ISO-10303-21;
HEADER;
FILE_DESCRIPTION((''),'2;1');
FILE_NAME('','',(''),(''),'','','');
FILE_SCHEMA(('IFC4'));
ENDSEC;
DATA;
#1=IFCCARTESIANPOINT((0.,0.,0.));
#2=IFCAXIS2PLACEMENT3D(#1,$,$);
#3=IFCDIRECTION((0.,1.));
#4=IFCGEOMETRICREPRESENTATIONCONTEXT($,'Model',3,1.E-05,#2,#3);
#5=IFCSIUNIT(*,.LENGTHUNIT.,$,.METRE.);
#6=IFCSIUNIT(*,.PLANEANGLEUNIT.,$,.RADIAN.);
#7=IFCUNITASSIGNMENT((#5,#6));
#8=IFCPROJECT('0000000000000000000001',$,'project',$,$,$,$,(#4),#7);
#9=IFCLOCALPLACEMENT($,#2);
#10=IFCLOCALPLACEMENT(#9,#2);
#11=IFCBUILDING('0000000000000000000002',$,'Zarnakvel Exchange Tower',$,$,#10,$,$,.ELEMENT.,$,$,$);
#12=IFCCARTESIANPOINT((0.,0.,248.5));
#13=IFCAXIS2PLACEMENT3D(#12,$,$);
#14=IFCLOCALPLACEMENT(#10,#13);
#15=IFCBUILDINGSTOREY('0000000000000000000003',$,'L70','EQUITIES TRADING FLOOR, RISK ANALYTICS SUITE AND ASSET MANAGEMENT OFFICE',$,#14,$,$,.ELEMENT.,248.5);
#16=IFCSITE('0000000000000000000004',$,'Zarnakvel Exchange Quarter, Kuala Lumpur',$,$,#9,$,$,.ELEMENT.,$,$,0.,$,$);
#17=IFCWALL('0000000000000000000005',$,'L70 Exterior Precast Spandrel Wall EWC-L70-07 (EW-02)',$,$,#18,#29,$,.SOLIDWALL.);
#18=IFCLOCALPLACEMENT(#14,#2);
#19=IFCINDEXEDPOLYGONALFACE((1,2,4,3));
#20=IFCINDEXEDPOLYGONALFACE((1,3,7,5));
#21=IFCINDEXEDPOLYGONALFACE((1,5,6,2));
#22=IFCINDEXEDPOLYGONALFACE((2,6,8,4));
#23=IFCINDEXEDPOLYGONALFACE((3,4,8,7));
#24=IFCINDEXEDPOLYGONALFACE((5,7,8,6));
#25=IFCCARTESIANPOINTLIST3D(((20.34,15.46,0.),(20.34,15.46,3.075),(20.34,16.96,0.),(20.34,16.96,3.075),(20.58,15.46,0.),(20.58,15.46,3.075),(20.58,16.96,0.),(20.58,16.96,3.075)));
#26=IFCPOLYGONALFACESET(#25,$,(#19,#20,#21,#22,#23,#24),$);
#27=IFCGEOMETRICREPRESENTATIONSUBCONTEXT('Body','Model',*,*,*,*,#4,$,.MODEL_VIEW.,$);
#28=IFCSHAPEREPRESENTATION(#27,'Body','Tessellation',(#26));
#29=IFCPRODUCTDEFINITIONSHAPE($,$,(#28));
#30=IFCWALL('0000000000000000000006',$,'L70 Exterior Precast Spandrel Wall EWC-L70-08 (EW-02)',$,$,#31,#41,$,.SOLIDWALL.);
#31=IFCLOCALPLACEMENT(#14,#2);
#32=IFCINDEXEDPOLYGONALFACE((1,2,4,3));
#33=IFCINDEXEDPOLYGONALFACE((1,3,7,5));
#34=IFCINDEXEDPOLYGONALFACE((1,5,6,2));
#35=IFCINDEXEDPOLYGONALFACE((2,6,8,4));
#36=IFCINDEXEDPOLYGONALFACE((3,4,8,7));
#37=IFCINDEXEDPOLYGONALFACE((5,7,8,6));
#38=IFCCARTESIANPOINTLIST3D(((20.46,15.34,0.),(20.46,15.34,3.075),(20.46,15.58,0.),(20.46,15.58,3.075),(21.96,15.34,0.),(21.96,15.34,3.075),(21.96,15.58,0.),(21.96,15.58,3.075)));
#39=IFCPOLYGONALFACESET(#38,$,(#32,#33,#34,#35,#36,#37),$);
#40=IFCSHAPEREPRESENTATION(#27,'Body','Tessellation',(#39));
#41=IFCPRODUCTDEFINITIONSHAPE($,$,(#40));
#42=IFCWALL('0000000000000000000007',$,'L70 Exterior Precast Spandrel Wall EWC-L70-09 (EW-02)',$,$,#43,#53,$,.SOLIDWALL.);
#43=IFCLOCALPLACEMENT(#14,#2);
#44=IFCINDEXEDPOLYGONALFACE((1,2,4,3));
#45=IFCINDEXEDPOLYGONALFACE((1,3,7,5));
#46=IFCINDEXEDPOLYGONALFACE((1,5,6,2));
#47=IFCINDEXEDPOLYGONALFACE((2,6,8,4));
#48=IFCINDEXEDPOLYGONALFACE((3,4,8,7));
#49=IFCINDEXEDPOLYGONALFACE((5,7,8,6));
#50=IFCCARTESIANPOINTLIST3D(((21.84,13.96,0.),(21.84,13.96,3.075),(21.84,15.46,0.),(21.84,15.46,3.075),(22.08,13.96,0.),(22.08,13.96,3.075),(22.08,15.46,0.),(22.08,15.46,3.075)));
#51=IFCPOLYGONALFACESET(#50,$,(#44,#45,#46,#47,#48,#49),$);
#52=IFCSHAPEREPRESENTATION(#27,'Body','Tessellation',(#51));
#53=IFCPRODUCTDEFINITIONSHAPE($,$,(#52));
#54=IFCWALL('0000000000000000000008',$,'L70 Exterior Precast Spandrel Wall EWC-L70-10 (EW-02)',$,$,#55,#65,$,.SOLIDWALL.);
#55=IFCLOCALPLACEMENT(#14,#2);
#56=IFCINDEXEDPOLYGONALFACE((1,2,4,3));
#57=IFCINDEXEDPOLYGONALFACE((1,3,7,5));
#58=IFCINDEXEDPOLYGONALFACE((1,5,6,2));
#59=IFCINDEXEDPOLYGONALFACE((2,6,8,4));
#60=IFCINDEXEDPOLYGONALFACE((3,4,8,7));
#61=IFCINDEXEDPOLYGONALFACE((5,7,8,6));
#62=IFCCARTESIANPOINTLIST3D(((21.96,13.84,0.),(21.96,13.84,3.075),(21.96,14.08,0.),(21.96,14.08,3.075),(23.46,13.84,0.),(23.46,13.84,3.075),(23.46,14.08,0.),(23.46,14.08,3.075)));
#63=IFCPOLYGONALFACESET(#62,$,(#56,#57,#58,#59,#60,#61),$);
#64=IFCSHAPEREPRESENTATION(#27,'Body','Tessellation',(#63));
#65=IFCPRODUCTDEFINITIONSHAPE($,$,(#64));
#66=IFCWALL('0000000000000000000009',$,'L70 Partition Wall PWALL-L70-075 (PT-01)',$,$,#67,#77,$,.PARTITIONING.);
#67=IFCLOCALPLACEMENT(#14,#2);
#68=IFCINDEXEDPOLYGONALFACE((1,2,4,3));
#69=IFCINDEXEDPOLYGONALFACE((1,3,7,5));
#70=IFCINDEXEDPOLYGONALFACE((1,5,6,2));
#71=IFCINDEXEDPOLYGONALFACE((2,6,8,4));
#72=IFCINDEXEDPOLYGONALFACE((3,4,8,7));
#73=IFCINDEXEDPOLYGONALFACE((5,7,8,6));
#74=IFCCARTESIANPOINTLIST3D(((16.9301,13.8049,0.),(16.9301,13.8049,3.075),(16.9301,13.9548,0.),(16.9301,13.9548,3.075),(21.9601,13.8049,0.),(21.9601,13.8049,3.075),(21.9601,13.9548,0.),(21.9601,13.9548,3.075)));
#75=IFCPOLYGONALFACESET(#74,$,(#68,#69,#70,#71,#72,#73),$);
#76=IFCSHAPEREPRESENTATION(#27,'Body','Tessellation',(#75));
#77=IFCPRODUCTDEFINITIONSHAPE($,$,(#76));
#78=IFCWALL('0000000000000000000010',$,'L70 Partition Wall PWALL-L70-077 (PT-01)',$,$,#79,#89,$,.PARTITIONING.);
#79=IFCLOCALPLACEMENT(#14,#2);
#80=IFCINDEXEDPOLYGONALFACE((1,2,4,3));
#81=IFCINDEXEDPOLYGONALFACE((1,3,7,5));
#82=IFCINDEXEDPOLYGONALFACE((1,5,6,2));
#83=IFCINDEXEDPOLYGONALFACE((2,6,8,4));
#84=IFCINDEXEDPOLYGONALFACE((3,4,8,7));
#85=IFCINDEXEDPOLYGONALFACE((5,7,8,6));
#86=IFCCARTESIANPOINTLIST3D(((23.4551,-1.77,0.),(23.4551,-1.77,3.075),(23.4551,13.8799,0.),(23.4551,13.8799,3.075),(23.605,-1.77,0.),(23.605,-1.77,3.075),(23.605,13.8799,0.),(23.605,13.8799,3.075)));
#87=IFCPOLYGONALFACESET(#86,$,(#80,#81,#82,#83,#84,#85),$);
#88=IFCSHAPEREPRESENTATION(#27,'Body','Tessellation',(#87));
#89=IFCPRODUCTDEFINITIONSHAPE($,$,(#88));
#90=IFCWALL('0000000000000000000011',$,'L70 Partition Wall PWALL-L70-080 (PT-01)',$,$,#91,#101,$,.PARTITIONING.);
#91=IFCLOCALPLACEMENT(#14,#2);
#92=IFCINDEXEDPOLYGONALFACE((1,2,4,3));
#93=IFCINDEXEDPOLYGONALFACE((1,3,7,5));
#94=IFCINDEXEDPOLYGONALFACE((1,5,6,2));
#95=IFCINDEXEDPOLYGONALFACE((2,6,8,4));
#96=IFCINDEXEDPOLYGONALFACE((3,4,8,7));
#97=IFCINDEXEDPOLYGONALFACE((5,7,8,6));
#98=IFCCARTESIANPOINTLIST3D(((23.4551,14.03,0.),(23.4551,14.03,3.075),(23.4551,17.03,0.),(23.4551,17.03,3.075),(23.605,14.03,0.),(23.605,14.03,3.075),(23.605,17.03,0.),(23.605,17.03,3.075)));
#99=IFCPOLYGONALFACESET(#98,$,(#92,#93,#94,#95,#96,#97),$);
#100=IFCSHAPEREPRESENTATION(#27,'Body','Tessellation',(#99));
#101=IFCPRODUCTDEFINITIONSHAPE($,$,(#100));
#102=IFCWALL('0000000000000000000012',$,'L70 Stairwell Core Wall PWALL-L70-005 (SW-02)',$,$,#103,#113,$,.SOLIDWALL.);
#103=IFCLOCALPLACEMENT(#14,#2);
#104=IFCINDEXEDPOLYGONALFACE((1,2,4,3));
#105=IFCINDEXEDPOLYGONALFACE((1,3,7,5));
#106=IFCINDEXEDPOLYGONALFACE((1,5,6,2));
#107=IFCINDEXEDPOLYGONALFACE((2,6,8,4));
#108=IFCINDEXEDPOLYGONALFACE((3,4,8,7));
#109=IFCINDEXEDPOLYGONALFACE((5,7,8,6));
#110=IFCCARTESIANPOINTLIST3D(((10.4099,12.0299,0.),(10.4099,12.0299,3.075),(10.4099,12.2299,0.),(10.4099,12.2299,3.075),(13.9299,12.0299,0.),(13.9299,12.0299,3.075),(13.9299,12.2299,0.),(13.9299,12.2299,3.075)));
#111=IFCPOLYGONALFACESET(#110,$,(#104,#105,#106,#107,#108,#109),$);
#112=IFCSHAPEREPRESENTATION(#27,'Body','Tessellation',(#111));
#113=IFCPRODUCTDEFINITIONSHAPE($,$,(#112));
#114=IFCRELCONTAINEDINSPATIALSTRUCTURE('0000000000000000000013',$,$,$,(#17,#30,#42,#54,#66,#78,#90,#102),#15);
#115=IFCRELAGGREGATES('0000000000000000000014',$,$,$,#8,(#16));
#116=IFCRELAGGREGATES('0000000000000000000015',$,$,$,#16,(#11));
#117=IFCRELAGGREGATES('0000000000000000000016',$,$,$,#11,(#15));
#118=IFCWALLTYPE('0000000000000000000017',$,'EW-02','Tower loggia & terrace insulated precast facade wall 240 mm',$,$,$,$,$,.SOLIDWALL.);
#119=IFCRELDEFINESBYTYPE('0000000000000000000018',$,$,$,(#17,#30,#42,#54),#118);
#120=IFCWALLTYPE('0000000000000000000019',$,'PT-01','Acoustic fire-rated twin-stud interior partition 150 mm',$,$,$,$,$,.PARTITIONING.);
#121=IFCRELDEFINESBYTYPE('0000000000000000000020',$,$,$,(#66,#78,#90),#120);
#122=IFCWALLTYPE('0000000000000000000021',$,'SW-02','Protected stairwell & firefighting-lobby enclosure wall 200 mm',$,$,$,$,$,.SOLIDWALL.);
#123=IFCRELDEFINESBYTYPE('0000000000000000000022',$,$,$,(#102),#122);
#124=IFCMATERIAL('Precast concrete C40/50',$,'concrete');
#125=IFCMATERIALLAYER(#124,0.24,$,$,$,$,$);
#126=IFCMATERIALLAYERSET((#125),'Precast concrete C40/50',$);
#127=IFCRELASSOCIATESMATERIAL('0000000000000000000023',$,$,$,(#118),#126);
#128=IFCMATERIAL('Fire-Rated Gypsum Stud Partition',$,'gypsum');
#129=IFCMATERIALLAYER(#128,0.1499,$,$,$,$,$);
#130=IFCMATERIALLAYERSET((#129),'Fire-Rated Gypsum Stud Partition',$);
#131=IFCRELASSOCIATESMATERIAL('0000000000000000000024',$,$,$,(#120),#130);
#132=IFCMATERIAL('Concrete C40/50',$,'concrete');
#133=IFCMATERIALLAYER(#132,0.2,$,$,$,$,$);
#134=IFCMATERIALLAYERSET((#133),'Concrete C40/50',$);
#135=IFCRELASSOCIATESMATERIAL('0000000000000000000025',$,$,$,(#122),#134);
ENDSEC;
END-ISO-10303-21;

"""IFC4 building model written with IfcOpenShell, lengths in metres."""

from ifc_helpers import new_model, si_unit, direction, frame, frame_2d, origin, place, context, subcontext, project, spatial, rectangle, extrude, material, layer, layer_set, type_object, element, save


model = new_model("IFC4")

# Units and contexts
model_context = context("Model", 3, precision=1e-05, world=origin(), true_north=direction((0.0, 1.0)))
body_context = subcontext(model_context, "Body", "Model", "MODEL_VIEW")
ifc_project = project(units=[si_unit("LENGTHUNIT", "METRE"), si_unit("PLANEANGLEUNIT", "RADIAN")], contexts=[model_context])

# Site, building, storey
site_placement = place(None, origin())
site = spatial("IfcSite", under=ifc_project, at=site_placement, Name="Zarnakvel Exchange Quarter, Kuala Lumpur", CompositionType="ELEMENT", RefElevation=0.0)
building_placement = place(site_placement, origin())
building = spatial("IfcBuilding", under=site, at=building_placement, Name="Zarnakvel Exchange Tower", CompositionType="ELEMENT")
storey_placement = place(building_placement, frame((0.0, 0.0, 248.5)))
storey = spatial("IfcBuildingStorey", under=building, at=storey_placement, Name="L70", Description="EQUITIES TRADING FLOOR, RISK ANALYTICS SUITE AND ASSET MANAGEMENT OFFICE", CompositionType="ELEMENT", Elevation=248.5)

# Walls
ifc_material_1 = material(Name="Precast concrete C40/50", Category="concrete")
ifc_layer_1 = layer(ifc_material_1, 0.24)
ifc_layer_set_1 = layer_set([ifc_layer_1], Name="Precast concrete C40/50")
wall_type_1 = type_object("IfcWallType", Name="EW-02", Description="Tower loggia & terrace insulated precast facade wall 240 mm", PredefinedType="SOLIDWALL", material=ifc_layer_set_1)
for number, where, z_axis, x_axis, name in (
    (1, (20.46, 15.46, 0.0), (0.0, 0.0, 1.0), (0.0, 1.0, 0.0), "L70 Exterior Precast Spandrel Wall EWC-L70-07 (EW-02)"),
    (2, (21.96, 15.46, 0.0), (0.0, 0.0, 1.0), (-1.0, 0.0, 0.0), "L70 Exterior Precast Spandrel Wall EWC-L70-08 (EW-02)"),
    (3, (21.96, 13.96, 0.0), (0.0, 0.0, 1.0), (0.0, 1.0, 0.0), "L70 Exterior Precast Spandrel Wall EWC-L70-09 (EW-02)"),
    (4, (23.46, 13.96, 0.0), (0.0, 0.0, 1.0), (-1.0, 0.0, 0.0), "L70 Exterior Precast Spandrel Wall EWC-L70-10 (EW-02)"),
):
    element("IfcWall", number, at=place(storey_placement, frame(where, z_axis=z_axis, x_axis=x_axis)), inside=storey, type_object=wall_type_1, Name=name, PredefinedType="SOLIDWALL", context=body_context, shape_type="SweptSolid", body=[
        extrude(rectangle(XDim=1.5, YDim=0.24, at=frame_2d((0.75, 0.0))), origin(), (0.0, 0.0, 1.0), 3.075),
    ])
ifc_material_2 = material(Name="Fire-Rated Gypsum Stud Partition", Category="gypsum")
ifc_layer_2 = layer(ifc_material_2, 0.1499)
ifc_layer_set_2 = layer_set([ifc_layer_2], Name="Fire-Rated Gypsum Stud Partition")
wall_type_2 = type_object("IfcWallType", Name="PT-01", Description="Acoustic fire-rated twin-stud interior partition 150 mm", PredefinedType="PARTITIONING", material=ifc_layer_set_2)
wall_1_placement = place(storey_placement, frame((16.9299, 13.8799, 0.0), z_axis=(0.0, 0.0, 1.0), x_axis=(1.0, 0.0, 0.0)))
element("IfcWall", 5, at=wall_1_placement, inside=storey, type_object=wall_type_2, Name="L70 Partition Wall PWALL-L70-075 (PT-01)", PredefinedType="PARTITIONING", context=body_context, shape_type="SweptSolid", body=[
    extrude(rectangle(XDim=5.03, YDim=0.1499, at=frame_2d((2.5151, 0.0))), origin(), (0.0, 0.0, 1.0), 3.075),
])
wall_2_placement = place(storey_placement, frame((23.53, 13.8799, 0.0), z_axis=(0.0, 0.0, 1.0), x_axis=(0.0, -1.0, 0.0)))
element("IfcWall", 6, at=wall_2_placement, inside=storey, type_object=wall_type_2, Name="L70 Partition Wall PWALL-L70-077 (PT-01)", PredefinedType="PARTITIONING", context=body_context, shape_type="SweptSolid", body=[
    extrude(rectangle(XDim=15.6499, YDim=0.1499, at=frame_2d((7.825, 0.0))), origin(), (0.0, 0.0, 1.0), 3.075),
])
wall_3_placement = place(storey_placement, frame((23.53, 17.03, 0.0), z_axis=(0.0, 0.0, 1.0), x_axis=(0.0, -1.0, 0.0)))
element("IfcWall", 7, at=wall_3_placement, inside=storey, type_object=wall_type_2, Name="L70 Partition Wall PWALL-L70-080 (PT-01)", PredefinedType="PARTITIONING", context=body_context, shape_type="SweptSolid", body=[
    extrude(rectangle(XDim=3.0, YDim=0.1499, at=frame_2d((1.5, 0.0))), origin(), (0.0, 0.0, 1.0), 3.075),
])
ifc_material_3 = material(Name="Concrete C40/50", Category="concrete")
ifc_layer_3 = layer(ifc_material_3, 0.2)
ifc_layer_set_3 = layer_set([ifc_layer_3], Name="Concrete C40/50")
wall_type_3 = type_object("IfcWallType", Name="SW-02", Description="Protected stairwell & firefighting-lobby enclosure wall 200 mm", PredefinedType="SOLIDWALL", material=ifc_layer_set_3)
wall_4_placement = place(storey_placement, frame((10.4099, 12.1299, 0.0), z_axis=(0.0, 0.0, 1.0), x_axis=(1.0, 0.0, 0.0)))
element("IfcWall", 8, at=wall_4_placement, inside=storey, type_object=wall_type_3, Name="L70 Stairwell Core Wall PWALL-L70-005 (SW-02)", PredefinedType="SOLIDWALL", context=body_context, shape_type="SweptSolid", body=[
    extrude(rectangle(XDim=3.52, YDim=0.2, at=frame_2d((1.76, 0.0))), origin(), (0.0, 0.0, 1.0), 3.075),
])

save(model, "model.ifc")
